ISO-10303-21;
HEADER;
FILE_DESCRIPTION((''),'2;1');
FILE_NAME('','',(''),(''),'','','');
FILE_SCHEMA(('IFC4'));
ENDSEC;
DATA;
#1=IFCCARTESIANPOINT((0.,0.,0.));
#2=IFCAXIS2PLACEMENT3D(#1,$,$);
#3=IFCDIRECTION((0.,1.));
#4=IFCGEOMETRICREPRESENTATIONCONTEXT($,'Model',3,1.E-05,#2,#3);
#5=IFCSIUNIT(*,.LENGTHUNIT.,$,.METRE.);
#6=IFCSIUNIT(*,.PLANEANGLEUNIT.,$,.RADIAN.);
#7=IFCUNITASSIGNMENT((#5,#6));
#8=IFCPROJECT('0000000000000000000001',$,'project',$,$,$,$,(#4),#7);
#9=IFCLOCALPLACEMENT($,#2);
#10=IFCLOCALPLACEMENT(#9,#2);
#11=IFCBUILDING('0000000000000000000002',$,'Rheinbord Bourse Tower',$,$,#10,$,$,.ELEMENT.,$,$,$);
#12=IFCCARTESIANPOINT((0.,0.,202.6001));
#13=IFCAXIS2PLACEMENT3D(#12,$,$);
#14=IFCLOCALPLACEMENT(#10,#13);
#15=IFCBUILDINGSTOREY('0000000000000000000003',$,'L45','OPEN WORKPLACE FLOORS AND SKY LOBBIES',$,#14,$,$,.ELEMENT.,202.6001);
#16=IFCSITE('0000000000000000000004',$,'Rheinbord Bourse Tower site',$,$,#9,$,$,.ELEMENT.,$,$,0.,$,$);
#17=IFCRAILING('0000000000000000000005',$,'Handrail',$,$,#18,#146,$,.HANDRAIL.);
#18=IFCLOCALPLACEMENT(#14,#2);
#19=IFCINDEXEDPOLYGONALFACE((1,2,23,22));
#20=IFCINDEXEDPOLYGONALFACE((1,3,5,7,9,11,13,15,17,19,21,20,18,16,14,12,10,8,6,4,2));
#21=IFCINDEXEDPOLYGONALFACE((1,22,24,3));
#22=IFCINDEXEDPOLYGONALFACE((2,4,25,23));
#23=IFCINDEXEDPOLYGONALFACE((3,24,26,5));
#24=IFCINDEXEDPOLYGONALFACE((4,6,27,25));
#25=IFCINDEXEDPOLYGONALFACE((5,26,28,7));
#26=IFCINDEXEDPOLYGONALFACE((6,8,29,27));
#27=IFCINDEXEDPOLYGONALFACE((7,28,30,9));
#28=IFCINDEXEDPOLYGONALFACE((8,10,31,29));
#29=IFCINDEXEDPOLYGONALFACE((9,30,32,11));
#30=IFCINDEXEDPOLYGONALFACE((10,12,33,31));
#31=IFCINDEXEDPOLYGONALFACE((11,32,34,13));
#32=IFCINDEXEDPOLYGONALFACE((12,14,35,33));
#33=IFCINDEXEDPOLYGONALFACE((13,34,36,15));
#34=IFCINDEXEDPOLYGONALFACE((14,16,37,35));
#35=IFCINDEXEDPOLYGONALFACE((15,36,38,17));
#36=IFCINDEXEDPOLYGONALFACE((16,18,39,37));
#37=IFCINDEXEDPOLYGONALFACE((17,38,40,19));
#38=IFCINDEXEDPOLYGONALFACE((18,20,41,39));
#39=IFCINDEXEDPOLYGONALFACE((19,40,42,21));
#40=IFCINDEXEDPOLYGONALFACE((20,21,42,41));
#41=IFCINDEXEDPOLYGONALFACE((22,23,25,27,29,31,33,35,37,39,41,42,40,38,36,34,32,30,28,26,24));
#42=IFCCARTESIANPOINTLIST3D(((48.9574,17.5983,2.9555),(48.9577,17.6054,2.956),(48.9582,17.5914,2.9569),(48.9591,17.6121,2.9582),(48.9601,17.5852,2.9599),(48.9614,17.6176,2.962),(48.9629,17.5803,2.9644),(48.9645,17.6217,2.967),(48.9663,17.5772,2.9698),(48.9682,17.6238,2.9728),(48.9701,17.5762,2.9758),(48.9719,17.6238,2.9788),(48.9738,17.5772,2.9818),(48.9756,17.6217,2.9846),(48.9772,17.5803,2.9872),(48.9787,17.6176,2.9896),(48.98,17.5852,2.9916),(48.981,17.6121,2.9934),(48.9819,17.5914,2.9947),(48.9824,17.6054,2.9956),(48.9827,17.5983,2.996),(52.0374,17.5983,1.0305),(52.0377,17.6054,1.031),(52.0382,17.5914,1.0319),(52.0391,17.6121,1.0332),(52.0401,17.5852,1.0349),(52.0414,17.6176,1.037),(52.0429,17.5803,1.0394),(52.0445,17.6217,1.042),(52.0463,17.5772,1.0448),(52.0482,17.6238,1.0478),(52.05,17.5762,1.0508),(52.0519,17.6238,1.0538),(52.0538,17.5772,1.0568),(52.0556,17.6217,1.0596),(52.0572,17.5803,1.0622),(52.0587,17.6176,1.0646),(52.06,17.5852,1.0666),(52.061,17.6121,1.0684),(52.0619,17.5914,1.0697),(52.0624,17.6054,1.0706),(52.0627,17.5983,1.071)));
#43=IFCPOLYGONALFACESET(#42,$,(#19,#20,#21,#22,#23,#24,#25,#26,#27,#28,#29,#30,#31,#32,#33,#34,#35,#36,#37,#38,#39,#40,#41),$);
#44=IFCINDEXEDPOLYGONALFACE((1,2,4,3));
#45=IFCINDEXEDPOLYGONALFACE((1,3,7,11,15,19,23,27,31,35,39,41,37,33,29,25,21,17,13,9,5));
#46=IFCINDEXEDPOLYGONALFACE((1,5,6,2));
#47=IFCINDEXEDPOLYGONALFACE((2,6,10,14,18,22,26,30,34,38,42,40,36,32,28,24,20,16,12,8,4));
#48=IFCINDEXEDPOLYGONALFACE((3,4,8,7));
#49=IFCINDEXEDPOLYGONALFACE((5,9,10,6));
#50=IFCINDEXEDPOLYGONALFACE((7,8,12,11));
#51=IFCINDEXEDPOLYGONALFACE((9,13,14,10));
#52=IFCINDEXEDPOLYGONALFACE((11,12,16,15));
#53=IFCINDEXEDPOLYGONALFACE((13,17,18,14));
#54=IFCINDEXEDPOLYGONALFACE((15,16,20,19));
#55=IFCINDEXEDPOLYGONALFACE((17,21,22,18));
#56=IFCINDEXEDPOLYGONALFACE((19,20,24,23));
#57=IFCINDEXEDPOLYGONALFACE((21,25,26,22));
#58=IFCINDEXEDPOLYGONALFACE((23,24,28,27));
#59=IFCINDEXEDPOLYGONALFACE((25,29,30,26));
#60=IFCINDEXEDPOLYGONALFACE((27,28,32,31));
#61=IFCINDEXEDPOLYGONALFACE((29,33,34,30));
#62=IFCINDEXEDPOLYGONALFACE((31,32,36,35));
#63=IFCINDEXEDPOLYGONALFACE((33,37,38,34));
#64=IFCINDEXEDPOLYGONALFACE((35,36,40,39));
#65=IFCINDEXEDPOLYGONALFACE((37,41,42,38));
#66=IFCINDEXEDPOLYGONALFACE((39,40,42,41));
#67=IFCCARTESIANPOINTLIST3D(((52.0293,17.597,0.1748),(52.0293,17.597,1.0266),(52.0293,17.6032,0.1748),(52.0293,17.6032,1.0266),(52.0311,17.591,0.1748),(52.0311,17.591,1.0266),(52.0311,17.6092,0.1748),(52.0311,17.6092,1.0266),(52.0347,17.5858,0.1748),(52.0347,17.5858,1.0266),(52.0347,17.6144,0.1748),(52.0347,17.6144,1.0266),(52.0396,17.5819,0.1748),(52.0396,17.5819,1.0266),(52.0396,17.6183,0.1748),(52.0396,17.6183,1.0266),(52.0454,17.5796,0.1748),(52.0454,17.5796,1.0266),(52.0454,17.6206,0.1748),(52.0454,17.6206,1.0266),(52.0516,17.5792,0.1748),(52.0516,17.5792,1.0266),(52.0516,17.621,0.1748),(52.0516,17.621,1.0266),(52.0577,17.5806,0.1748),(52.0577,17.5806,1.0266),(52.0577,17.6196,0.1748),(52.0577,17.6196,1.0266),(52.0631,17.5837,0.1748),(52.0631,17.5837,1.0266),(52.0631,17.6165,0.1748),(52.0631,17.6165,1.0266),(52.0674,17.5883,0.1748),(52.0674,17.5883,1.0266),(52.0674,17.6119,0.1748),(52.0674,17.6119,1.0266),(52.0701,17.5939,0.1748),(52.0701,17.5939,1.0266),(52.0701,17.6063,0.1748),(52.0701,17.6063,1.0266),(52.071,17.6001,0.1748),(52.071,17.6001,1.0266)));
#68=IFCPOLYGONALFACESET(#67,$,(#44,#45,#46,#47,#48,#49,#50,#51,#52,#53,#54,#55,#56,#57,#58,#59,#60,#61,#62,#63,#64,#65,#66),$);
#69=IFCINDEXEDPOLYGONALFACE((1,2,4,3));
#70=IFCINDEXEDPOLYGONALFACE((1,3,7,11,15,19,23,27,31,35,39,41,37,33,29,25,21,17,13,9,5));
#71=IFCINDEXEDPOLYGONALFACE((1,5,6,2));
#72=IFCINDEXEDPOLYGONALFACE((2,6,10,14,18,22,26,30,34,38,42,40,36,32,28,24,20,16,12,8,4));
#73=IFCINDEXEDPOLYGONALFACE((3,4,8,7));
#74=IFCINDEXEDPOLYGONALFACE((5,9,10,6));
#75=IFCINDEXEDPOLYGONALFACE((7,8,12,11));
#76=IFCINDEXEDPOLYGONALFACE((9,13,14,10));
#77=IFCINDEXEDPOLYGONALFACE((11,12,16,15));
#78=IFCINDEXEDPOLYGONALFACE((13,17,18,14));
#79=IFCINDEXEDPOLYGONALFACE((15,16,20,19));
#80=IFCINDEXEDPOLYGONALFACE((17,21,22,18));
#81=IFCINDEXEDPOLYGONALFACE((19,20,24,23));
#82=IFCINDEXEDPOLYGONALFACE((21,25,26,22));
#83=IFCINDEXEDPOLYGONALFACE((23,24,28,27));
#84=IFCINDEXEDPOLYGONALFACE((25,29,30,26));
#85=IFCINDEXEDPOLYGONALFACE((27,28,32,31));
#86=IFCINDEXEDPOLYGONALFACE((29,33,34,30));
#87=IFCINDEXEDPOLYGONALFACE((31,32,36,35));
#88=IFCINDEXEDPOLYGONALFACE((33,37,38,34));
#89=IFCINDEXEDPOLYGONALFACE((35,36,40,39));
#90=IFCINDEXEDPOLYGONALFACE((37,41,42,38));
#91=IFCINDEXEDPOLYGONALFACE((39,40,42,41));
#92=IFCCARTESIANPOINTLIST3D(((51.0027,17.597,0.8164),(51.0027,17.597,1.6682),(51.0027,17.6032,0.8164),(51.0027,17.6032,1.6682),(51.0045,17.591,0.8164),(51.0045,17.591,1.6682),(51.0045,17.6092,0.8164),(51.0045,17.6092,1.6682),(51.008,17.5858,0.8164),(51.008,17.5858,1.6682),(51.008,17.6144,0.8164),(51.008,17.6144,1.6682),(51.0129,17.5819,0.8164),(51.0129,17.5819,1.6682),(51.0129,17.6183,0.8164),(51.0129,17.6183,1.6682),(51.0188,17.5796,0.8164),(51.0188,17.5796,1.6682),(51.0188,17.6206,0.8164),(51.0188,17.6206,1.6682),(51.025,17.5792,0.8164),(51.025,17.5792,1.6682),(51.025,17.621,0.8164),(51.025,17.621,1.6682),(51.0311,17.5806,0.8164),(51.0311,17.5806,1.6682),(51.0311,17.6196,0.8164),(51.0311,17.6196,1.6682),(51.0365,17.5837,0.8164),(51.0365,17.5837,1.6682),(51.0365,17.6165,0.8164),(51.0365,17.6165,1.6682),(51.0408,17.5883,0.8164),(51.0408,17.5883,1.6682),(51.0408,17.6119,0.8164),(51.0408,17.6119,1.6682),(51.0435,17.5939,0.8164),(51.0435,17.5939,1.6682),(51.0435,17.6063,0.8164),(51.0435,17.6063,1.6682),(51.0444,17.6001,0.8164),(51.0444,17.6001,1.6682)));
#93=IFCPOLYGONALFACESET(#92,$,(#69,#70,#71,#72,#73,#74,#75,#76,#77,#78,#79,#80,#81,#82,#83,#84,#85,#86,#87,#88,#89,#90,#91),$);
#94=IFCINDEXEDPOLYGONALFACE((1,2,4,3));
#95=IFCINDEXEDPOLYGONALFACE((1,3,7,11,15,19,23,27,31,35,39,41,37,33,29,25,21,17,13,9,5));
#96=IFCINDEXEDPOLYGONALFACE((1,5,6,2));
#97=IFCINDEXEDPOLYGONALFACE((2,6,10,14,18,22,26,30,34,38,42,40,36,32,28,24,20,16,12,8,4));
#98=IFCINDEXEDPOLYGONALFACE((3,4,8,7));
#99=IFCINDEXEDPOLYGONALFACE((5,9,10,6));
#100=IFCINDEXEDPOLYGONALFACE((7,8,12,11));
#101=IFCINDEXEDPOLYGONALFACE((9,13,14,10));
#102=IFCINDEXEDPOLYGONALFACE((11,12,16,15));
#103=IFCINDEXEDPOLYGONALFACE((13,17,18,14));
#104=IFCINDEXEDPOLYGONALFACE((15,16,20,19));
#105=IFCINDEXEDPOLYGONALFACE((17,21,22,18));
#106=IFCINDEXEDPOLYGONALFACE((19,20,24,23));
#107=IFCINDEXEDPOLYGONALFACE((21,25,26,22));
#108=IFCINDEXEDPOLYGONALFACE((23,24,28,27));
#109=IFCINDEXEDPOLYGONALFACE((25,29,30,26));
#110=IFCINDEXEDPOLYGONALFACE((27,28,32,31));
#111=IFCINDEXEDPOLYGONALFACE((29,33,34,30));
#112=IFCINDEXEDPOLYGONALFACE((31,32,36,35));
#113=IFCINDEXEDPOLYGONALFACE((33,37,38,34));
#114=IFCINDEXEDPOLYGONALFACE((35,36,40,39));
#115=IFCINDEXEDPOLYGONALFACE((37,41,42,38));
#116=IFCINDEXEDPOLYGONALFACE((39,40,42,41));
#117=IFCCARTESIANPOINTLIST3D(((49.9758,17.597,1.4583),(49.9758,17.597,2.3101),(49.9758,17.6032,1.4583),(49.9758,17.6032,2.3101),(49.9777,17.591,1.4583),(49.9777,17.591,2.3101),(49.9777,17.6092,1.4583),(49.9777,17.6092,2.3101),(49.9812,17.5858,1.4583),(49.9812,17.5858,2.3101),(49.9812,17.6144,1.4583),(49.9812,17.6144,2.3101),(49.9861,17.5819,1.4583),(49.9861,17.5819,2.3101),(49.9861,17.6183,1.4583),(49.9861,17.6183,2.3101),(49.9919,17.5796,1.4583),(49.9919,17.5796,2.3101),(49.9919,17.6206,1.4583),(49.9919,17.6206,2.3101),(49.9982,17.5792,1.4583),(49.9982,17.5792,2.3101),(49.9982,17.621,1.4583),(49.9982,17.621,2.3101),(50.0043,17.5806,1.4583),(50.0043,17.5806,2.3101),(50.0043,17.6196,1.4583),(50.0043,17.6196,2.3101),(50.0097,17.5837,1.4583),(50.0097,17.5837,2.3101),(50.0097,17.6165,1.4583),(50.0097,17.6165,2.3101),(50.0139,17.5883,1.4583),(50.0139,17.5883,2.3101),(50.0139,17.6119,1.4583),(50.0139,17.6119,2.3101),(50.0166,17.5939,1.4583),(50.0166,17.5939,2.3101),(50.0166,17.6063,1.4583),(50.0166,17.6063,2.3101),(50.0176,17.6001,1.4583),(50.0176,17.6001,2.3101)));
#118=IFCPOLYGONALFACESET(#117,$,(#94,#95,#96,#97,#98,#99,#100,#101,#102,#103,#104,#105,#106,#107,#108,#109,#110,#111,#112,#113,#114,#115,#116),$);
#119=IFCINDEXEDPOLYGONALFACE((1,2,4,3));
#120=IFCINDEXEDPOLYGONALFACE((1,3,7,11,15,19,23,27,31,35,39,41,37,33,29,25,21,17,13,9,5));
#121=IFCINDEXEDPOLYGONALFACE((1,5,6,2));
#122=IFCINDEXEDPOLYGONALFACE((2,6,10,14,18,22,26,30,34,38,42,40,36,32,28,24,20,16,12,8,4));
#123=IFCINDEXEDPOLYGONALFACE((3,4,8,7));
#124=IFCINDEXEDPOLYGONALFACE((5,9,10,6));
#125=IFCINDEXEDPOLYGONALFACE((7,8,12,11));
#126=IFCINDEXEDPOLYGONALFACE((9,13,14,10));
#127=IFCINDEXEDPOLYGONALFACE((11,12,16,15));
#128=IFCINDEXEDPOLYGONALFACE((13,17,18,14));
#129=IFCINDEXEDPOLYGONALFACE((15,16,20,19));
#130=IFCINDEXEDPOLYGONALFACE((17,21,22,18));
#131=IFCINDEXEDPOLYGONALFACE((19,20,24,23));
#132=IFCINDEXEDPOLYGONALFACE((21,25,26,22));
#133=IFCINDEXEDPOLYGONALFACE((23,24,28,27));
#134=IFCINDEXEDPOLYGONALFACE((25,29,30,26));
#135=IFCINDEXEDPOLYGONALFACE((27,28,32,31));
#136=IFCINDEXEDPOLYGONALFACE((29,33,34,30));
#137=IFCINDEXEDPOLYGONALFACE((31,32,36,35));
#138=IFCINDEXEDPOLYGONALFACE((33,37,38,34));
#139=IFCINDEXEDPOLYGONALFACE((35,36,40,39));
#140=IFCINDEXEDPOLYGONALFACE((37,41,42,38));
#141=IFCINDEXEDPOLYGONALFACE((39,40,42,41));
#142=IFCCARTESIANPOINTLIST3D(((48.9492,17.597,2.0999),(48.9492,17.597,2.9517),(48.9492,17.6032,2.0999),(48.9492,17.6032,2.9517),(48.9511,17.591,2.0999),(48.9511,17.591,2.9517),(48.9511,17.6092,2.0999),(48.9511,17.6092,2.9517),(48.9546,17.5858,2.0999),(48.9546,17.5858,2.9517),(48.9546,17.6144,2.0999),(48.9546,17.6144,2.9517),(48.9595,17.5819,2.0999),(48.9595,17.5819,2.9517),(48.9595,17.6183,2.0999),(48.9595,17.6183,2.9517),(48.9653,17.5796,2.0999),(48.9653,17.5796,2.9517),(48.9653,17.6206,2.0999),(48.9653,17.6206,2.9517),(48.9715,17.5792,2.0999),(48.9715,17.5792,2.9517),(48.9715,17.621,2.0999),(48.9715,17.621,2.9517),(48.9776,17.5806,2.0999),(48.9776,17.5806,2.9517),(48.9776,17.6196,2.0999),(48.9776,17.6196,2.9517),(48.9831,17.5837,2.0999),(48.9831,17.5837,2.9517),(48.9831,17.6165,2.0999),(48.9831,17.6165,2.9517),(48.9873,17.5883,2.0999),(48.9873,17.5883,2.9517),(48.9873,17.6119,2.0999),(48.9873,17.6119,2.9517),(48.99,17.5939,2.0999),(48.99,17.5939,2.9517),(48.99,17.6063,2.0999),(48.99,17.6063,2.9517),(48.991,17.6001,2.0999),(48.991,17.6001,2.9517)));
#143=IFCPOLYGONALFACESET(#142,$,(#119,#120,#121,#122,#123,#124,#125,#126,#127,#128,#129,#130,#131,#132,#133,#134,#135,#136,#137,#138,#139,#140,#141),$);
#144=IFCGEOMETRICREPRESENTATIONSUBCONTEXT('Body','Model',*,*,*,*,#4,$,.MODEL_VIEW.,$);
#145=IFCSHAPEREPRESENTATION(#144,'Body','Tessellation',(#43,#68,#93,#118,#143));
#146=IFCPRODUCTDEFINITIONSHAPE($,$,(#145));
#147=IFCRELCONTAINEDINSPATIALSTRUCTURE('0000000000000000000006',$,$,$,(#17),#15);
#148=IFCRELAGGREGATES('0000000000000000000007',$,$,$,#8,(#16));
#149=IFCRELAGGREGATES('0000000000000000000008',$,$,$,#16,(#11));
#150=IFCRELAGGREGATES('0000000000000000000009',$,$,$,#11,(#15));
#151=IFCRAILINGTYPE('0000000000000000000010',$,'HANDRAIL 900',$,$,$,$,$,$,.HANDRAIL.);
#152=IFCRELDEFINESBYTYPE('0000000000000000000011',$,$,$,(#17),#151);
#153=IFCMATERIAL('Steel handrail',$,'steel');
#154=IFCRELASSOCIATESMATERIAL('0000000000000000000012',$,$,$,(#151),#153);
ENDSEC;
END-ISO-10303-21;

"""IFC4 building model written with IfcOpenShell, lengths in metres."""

from ifc_helpers import new_model, si_unit, direction, frame, origin, origin_2d, place, context, subcontext, project, spatial, circle, extrude, material, type_object, element, save


model = new_model("IFC4")

# Units and contexts
model_context = context("Model", 3, precision=1e-05, world=origin(), true_north=direction((0.0, 1.0)))
body_context = subcontext(model_context, "Body", "Model", "MODEL_VIEW")
ifc_project = project(units=[si_unit("LENGTHUNIT", "METRE"), si_unit("PLANEANGLEUNIT", "RADIAN")], contexts=[model_context])

# Site, building, storey
site_placement = place(None, origin())
site = spatial("IfcSite", under=ifc_project, at=site_placement, Name="Rheinbord Bourse Tower site", CompositionType="ELEMENT", RefElevation=0.0)
building_placement = place(site_placement, origin())
building = spatial("IfcBuilding", under=site, at=building_placement, Name="Rheinbord Bourse Tower", CompositionType="ELEMENT")
storey_placement = place(building_placement, frame((0.0, 0.0, 202.6001)))
storey = spatial("IfcBuildingStorey", under=building, at=storey_placement, Name="L45", Description="OPEN WORKPLACE FLOORS AND SKY LOBBIES", CompositionType="ELEMENT", Elevation=202.6001)

# Railing
ifc_material_1 = material(Name="Steel handrail", Category="steel")
railing_type = type_object("IfcRailingType", Name="HANDRAIL 900", PredefinedType="HANDRAIL", material=ifc_material_1)
railing_1_placement = place(storey_placement, frame((52.05, 17.6001, 0.1748)))
element("IfcRailing", 1, at=railing_1_placement, inside=storey, type_object=railing_type, Name="Handrail", PredefinedType="HANDRAIL", context=body_context, shape_type="SweptSolid", body=[
    extrude(circle(Radius=0.0239, at=origin_2d()), frame((0.0, 0.0, 0.876), z_axis=(-0.847998, 0.0, 0.529999), x_axis=(0.0, -1.0, 0.0)), (0.0, 0.0, 1.0), 3.6321),
    extrude(circle(Radius=0.021, at=origin_2d()), origin(), (0.0, 0.0, 1.0), 0.8518),
    extrude(circle(Radius=0.021, at=origin_2d()), frame((-1.0266, 0.0, 0.6416)), (0.0, 0.0, 1.0), 0.8518),
    extrude(circle(Radius=0.021, at=origin_2d()), frame((-2.0535, 0.0, 1.2834)), (0.0, 0.0, 1.0), 0.8518),
    extrude(circle(Radius=0.021, at=origin_2d()), frame((-3.0801, 0.0, 1.925)), (0.0, 0.0, 1.0), 0.8518),
])

save(model, "model.ifc")
